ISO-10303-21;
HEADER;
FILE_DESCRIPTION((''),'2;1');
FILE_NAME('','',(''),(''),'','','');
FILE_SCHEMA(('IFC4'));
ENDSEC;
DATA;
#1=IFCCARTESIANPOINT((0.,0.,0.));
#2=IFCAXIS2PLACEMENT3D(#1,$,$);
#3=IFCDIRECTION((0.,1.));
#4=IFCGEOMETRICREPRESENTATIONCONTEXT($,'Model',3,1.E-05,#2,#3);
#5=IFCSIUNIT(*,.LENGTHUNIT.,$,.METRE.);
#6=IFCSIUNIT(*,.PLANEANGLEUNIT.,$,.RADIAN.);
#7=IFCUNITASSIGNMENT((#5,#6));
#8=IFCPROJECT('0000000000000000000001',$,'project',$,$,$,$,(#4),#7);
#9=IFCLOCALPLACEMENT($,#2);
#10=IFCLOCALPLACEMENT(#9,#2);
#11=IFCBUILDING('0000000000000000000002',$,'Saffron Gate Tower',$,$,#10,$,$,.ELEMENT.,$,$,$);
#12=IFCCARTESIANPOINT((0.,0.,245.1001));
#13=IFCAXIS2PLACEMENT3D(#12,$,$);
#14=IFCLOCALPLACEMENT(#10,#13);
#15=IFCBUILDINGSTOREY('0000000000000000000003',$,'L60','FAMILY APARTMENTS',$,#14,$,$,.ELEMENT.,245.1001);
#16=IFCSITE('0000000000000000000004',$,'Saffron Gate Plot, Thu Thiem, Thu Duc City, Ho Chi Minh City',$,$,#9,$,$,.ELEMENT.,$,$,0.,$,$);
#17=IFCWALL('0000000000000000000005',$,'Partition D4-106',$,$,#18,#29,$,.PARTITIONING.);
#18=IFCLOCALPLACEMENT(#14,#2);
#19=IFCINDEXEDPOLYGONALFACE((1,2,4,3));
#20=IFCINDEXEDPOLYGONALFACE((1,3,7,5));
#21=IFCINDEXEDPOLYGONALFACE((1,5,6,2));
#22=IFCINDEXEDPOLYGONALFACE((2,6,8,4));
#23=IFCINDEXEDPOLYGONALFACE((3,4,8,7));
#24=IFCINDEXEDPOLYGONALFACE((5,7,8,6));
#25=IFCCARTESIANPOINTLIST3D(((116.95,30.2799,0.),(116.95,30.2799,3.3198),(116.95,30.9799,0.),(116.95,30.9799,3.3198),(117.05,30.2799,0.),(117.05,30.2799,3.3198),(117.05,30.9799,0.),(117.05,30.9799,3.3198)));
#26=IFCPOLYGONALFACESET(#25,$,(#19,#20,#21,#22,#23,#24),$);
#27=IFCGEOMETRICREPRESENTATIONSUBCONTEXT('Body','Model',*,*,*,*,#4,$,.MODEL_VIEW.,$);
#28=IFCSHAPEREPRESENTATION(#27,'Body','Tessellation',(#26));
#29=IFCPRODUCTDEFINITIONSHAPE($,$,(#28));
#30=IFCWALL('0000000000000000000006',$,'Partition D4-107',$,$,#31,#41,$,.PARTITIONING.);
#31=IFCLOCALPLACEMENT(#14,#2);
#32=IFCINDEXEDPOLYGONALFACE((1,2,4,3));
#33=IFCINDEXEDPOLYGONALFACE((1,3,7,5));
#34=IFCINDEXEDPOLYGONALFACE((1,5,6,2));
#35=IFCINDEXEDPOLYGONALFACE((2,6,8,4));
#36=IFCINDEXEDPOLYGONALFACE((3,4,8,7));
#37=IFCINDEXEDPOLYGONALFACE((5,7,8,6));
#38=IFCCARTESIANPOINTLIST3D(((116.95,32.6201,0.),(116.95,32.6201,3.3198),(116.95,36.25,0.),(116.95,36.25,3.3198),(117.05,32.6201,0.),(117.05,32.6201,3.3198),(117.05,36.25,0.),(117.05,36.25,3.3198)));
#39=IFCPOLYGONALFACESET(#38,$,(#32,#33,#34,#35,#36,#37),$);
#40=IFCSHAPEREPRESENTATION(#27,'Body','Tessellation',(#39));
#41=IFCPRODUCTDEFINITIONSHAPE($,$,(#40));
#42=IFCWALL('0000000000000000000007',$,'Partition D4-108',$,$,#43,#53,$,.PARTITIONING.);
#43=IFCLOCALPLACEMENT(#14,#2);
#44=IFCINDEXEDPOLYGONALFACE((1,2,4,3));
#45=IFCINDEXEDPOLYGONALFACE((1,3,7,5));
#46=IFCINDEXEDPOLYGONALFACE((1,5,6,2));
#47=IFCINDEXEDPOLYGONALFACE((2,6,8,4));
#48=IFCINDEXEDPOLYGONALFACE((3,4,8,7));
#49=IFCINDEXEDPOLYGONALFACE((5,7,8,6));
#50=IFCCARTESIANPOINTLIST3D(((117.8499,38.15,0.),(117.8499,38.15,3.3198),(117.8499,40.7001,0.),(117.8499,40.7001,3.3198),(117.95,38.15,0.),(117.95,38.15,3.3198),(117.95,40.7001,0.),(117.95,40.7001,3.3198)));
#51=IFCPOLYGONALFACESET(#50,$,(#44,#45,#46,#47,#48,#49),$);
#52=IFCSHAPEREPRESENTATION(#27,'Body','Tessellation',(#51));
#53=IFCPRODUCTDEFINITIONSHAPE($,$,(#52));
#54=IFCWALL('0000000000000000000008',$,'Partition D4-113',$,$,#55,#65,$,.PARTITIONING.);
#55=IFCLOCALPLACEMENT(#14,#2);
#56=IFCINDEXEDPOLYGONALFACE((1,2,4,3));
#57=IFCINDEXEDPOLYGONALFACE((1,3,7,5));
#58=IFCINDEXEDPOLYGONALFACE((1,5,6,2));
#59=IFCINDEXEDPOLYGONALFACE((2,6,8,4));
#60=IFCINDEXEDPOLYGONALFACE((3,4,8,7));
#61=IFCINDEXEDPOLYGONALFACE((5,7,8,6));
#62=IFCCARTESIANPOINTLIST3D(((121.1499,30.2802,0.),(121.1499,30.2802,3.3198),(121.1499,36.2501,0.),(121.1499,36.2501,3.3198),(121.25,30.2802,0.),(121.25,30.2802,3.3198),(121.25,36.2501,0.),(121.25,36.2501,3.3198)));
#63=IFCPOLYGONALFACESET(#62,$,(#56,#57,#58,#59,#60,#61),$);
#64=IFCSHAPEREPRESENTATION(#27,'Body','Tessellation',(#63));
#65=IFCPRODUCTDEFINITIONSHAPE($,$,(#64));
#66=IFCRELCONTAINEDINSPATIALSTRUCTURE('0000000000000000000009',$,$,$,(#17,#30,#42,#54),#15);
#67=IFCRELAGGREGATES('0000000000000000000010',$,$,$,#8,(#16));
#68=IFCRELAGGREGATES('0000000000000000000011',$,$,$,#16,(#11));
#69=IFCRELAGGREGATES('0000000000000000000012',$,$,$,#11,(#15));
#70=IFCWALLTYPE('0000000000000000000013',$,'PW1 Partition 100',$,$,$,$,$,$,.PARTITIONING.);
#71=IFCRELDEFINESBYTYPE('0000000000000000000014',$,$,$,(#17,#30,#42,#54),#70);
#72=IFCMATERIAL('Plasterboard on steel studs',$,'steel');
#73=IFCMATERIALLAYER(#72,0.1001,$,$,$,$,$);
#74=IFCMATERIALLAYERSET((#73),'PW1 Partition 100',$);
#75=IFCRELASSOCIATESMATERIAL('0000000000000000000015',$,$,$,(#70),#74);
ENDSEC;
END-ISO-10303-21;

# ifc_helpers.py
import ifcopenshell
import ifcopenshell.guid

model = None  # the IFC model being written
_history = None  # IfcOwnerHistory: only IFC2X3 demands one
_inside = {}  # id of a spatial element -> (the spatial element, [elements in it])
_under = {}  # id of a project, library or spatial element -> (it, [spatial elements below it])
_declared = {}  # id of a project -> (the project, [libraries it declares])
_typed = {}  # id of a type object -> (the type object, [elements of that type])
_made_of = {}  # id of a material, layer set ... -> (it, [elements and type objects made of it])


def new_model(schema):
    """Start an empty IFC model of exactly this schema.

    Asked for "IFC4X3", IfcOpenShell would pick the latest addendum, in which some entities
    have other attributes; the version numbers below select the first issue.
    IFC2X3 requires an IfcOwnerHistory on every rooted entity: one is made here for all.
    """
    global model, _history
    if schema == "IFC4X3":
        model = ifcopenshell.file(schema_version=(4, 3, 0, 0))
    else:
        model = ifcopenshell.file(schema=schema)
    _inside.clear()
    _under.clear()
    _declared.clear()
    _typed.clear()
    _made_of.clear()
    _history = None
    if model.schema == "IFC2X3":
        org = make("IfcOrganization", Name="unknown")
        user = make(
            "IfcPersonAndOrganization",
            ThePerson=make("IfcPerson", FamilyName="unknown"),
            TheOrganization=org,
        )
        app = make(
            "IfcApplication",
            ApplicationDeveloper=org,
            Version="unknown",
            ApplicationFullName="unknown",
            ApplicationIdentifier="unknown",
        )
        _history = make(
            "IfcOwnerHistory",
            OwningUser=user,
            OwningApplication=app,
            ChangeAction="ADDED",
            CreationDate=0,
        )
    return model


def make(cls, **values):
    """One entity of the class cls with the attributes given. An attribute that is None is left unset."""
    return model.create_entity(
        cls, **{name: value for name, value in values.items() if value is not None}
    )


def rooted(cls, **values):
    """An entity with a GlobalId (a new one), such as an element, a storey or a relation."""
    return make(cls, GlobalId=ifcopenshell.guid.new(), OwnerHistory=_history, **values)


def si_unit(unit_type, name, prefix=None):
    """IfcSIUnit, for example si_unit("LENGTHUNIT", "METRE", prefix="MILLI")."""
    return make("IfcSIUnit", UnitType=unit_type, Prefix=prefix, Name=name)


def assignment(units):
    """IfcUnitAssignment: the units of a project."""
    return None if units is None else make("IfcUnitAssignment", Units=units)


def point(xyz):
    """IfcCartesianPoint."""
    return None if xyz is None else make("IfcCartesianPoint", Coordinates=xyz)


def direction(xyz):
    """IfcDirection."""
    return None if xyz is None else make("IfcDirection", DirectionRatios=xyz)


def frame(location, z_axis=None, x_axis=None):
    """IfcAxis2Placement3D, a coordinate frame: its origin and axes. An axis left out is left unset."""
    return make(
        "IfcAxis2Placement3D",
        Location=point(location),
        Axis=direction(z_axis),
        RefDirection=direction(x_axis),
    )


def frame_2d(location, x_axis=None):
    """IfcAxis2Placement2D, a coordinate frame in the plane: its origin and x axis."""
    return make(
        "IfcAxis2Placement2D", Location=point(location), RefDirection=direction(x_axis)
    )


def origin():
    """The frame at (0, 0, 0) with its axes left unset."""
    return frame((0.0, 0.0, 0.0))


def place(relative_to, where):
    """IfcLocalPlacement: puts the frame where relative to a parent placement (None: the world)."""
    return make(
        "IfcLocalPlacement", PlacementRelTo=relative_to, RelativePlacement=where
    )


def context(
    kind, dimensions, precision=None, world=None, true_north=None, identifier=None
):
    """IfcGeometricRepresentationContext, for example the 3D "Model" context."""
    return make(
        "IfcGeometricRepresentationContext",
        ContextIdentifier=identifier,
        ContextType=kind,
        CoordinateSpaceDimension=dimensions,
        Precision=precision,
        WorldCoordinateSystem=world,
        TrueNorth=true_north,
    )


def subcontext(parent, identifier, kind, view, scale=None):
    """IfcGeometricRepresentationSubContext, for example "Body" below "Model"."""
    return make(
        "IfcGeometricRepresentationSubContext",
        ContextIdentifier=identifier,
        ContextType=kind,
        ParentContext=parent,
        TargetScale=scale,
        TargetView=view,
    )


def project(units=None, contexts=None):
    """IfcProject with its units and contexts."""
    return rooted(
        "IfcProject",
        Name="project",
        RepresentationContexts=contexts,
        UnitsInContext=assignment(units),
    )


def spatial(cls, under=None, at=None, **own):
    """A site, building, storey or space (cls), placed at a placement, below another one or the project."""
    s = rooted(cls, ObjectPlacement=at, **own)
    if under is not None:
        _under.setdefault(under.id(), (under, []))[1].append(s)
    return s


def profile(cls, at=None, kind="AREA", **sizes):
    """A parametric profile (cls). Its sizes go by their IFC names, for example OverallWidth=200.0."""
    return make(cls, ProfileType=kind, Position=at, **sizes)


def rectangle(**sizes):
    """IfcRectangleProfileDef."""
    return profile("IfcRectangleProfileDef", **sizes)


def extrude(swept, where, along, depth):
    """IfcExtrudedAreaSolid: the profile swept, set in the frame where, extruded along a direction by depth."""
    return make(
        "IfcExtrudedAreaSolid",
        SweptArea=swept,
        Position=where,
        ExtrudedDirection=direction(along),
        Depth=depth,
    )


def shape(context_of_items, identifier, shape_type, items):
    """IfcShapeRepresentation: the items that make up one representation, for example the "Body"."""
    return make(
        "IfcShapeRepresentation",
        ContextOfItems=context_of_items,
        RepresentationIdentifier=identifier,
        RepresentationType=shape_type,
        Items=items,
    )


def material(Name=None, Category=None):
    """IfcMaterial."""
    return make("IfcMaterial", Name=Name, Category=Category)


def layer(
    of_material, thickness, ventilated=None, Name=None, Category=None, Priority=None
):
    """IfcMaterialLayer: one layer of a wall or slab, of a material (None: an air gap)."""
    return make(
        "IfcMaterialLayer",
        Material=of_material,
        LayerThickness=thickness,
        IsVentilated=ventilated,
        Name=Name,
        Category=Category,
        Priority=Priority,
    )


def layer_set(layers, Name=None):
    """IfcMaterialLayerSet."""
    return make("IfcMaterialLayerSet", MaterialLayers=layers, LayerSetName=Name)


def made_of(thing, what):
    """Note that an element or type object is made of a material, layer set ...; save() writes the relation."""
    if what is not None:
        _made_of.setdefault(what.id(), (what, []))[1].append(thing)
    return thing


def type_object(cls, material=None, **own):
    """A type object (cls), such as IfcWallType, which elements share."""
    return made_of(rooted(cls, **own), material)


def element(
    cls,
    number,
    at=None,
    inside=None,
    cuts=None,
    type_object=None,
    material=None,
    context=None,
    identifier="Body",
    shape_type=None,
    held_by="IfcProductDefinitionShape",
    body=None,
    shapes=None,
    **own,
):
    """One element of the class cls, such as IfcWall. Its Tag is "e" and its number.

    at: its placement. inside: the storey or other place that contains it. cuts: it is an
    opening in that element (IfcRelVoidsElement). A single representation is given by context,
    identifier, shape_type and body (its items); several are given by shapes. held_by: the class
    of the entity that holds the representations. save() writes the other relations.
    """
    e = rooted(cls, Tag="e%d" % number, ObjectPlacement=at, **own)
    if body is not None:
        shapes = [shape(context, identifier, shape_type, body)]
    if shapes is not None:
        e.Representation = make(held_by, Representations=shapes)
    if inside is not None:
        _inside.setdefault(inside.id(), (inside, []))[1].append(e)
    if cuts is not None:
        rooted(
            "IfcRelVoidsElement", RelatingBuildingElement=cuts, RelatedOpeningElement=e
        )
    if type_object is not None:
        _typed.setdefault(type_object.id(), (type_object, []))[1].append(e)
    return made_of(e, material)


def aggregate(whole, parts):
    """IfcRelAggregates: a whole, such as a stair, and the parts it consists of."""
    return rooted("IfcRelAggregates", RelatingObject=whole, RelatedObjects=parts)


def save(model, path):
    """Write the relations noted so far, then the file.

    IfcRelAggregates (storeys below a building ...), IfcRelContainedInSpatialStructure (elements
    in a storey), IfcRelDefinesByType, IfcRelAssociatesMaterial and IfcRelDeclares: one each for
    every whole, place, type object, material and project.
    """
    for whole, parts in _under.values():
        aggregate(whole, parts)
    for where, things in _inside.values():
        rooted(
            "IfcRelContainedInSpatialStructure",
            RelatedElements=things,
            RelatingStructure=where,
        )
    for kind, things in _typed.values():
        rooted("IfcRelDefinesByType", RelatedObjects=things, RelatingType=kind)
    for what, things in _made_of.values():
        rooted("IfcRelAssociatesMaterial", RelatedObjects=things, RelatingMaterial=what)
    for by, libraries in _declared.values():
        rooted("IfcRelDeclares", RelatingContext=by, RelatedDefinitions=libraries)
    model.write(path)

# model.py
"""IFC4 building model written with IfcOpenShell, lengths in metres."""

from ifc_helpers import new_model, si_unit, direction, frame, frame_2d, origin, place, context, subcontext, project, spatial, rectangle, extrude, material, layer, layer_set, type_object, element, save


model = new_model("IFC4")

# Units and contexts
model_context = context("Model", 3, precision=1e-05, world=origin(), true_north=direction((0.0, 1.0)))
body_context = subcontext(model_context, "Body", "Model", "MODEL_VIEW")
ifc_project = project(units=[si_unit("LENGTHUNIT", "METRE"), si_unit("PLANEANGLEUNIT", "RADIAN")], contexts=[model_context])

# Site, building, storey
site_placement = place(None, origin())
site = spatial("IfcSite", under=ifc_project, at=site_placement, Name="Saffron Gate Plot, Thu Thiem, Thu Duc City, Ho Chi Minh City", CompositionType="ELEMENT", RefElevation=0.0)
building_placement = place(site_placement, origin())
building = spatial("IfcBuilding", under=site, at=building_placement, Name="Saffron Gate Tower", CompositionType="ELEMENT")
storey_placement = place(building_placement, frame((0.0, 0.0, 245.1001)))
storey = spatial("IfcBuildingStorey", under=building, at=storey_placement, Name="L60", Description="FAMILY APARTMENTS", CompositionType="ELEMENT", Elevation=245.1001)

# Shared definitions
ifc_material_1 = material(Name="Plasterboard on steel studs", Category="steel")
ifc_layer_1 = layer(ifc_material_1, 0.1001)
ifc_layer_set_1 = layer_set([ifc_layer_1], Name="PW1 Partition 100")
wall_type = type_object("IfcWallType", Name="PW1 Partition 100", PredefinedType="PARTITIONING", material=ifc_layer_set_1)

# Walls
wall_1_placement = place(storey_placement, frame((117.0, 30.98, 0.0), z_axis=(0.0, 0.0, 1.0), x_axis=(0.0, -1.0, 0.0)))
element("IfcWall", 1, at=wall_1_placement, inside=storey, type_object=wall_type, Name="Partition D4-106", PredefinedType="PARTITIONING", context=body_context, shape_type="SweptSolid", body=[
    extrude(rectangle(XDim=0.7, YDim=0.1001, at=frame_2d((0.3501, 0.0))), origin(), (0.0, 0.0, 1.0), 3.3198),
])
wall_2_placement = place(storey_placement, frame((117.0, 36.25, 0.0), z_axis=(0.0, 0.0, 1.0), x_axis=(0.0, -1.0, 0.0)))
element("IfcWall", 2, at=wall_2_placement, inside=storey, type_object=wall_type, Name="Partition D4-107", PredefinedType="PARTITIONING", context=body_context, shape_type="SweptSolid", body=[
    extrude(rectangle(XDim=3.6299, YDim=0.1001, at=frame_2d((1.8149, 0.0))), origin(), (0.0, 0.0, 1.0), 3.3198),
])
wall_3_placement = place(storey_placement, frame((117.8999, 40.7, 0.0), z_axis=(0.0, 0.0, 1.0), x_axis=(0.0, -1.0, 0.0)))
element("IfcWall", 3, at=wall_3_placement, inside=storey, type_object=wall_type, Name="Partition D4-108", PredefinedType="PARTITIONING", context=body_context, shape_type="SweptSolid", body=[
    extrude(rectangle(XDim=2.55, YDim=0.1001, at=frame_2d((1.2749, 0.0))), origin(), (0.0, 0.0, 1.0), 3.3198),
])
wall_4_placement = place(storey_placement, frame((121.2, 36.25, 0.0), z_axis=(0.0, 0.0, 1.0), x_axis=(0.0, -1.0, 0.0)))
element("IfcWall", 4, at=wall_4_placement, inside=storey, type_object=wall_type, Name="Partition D4-113", PredefinedType="PARTITIONING", context=body_context, shape_type="SweptSolid", body=[
    extrude(rectangle(XDim=5.97, YDim=0.1001, at=frame_2d((2.9849, 0.0))), origin(), (0.0, 0.0, 1.0), 3.3198),
])

save(model, "model.ifc")
